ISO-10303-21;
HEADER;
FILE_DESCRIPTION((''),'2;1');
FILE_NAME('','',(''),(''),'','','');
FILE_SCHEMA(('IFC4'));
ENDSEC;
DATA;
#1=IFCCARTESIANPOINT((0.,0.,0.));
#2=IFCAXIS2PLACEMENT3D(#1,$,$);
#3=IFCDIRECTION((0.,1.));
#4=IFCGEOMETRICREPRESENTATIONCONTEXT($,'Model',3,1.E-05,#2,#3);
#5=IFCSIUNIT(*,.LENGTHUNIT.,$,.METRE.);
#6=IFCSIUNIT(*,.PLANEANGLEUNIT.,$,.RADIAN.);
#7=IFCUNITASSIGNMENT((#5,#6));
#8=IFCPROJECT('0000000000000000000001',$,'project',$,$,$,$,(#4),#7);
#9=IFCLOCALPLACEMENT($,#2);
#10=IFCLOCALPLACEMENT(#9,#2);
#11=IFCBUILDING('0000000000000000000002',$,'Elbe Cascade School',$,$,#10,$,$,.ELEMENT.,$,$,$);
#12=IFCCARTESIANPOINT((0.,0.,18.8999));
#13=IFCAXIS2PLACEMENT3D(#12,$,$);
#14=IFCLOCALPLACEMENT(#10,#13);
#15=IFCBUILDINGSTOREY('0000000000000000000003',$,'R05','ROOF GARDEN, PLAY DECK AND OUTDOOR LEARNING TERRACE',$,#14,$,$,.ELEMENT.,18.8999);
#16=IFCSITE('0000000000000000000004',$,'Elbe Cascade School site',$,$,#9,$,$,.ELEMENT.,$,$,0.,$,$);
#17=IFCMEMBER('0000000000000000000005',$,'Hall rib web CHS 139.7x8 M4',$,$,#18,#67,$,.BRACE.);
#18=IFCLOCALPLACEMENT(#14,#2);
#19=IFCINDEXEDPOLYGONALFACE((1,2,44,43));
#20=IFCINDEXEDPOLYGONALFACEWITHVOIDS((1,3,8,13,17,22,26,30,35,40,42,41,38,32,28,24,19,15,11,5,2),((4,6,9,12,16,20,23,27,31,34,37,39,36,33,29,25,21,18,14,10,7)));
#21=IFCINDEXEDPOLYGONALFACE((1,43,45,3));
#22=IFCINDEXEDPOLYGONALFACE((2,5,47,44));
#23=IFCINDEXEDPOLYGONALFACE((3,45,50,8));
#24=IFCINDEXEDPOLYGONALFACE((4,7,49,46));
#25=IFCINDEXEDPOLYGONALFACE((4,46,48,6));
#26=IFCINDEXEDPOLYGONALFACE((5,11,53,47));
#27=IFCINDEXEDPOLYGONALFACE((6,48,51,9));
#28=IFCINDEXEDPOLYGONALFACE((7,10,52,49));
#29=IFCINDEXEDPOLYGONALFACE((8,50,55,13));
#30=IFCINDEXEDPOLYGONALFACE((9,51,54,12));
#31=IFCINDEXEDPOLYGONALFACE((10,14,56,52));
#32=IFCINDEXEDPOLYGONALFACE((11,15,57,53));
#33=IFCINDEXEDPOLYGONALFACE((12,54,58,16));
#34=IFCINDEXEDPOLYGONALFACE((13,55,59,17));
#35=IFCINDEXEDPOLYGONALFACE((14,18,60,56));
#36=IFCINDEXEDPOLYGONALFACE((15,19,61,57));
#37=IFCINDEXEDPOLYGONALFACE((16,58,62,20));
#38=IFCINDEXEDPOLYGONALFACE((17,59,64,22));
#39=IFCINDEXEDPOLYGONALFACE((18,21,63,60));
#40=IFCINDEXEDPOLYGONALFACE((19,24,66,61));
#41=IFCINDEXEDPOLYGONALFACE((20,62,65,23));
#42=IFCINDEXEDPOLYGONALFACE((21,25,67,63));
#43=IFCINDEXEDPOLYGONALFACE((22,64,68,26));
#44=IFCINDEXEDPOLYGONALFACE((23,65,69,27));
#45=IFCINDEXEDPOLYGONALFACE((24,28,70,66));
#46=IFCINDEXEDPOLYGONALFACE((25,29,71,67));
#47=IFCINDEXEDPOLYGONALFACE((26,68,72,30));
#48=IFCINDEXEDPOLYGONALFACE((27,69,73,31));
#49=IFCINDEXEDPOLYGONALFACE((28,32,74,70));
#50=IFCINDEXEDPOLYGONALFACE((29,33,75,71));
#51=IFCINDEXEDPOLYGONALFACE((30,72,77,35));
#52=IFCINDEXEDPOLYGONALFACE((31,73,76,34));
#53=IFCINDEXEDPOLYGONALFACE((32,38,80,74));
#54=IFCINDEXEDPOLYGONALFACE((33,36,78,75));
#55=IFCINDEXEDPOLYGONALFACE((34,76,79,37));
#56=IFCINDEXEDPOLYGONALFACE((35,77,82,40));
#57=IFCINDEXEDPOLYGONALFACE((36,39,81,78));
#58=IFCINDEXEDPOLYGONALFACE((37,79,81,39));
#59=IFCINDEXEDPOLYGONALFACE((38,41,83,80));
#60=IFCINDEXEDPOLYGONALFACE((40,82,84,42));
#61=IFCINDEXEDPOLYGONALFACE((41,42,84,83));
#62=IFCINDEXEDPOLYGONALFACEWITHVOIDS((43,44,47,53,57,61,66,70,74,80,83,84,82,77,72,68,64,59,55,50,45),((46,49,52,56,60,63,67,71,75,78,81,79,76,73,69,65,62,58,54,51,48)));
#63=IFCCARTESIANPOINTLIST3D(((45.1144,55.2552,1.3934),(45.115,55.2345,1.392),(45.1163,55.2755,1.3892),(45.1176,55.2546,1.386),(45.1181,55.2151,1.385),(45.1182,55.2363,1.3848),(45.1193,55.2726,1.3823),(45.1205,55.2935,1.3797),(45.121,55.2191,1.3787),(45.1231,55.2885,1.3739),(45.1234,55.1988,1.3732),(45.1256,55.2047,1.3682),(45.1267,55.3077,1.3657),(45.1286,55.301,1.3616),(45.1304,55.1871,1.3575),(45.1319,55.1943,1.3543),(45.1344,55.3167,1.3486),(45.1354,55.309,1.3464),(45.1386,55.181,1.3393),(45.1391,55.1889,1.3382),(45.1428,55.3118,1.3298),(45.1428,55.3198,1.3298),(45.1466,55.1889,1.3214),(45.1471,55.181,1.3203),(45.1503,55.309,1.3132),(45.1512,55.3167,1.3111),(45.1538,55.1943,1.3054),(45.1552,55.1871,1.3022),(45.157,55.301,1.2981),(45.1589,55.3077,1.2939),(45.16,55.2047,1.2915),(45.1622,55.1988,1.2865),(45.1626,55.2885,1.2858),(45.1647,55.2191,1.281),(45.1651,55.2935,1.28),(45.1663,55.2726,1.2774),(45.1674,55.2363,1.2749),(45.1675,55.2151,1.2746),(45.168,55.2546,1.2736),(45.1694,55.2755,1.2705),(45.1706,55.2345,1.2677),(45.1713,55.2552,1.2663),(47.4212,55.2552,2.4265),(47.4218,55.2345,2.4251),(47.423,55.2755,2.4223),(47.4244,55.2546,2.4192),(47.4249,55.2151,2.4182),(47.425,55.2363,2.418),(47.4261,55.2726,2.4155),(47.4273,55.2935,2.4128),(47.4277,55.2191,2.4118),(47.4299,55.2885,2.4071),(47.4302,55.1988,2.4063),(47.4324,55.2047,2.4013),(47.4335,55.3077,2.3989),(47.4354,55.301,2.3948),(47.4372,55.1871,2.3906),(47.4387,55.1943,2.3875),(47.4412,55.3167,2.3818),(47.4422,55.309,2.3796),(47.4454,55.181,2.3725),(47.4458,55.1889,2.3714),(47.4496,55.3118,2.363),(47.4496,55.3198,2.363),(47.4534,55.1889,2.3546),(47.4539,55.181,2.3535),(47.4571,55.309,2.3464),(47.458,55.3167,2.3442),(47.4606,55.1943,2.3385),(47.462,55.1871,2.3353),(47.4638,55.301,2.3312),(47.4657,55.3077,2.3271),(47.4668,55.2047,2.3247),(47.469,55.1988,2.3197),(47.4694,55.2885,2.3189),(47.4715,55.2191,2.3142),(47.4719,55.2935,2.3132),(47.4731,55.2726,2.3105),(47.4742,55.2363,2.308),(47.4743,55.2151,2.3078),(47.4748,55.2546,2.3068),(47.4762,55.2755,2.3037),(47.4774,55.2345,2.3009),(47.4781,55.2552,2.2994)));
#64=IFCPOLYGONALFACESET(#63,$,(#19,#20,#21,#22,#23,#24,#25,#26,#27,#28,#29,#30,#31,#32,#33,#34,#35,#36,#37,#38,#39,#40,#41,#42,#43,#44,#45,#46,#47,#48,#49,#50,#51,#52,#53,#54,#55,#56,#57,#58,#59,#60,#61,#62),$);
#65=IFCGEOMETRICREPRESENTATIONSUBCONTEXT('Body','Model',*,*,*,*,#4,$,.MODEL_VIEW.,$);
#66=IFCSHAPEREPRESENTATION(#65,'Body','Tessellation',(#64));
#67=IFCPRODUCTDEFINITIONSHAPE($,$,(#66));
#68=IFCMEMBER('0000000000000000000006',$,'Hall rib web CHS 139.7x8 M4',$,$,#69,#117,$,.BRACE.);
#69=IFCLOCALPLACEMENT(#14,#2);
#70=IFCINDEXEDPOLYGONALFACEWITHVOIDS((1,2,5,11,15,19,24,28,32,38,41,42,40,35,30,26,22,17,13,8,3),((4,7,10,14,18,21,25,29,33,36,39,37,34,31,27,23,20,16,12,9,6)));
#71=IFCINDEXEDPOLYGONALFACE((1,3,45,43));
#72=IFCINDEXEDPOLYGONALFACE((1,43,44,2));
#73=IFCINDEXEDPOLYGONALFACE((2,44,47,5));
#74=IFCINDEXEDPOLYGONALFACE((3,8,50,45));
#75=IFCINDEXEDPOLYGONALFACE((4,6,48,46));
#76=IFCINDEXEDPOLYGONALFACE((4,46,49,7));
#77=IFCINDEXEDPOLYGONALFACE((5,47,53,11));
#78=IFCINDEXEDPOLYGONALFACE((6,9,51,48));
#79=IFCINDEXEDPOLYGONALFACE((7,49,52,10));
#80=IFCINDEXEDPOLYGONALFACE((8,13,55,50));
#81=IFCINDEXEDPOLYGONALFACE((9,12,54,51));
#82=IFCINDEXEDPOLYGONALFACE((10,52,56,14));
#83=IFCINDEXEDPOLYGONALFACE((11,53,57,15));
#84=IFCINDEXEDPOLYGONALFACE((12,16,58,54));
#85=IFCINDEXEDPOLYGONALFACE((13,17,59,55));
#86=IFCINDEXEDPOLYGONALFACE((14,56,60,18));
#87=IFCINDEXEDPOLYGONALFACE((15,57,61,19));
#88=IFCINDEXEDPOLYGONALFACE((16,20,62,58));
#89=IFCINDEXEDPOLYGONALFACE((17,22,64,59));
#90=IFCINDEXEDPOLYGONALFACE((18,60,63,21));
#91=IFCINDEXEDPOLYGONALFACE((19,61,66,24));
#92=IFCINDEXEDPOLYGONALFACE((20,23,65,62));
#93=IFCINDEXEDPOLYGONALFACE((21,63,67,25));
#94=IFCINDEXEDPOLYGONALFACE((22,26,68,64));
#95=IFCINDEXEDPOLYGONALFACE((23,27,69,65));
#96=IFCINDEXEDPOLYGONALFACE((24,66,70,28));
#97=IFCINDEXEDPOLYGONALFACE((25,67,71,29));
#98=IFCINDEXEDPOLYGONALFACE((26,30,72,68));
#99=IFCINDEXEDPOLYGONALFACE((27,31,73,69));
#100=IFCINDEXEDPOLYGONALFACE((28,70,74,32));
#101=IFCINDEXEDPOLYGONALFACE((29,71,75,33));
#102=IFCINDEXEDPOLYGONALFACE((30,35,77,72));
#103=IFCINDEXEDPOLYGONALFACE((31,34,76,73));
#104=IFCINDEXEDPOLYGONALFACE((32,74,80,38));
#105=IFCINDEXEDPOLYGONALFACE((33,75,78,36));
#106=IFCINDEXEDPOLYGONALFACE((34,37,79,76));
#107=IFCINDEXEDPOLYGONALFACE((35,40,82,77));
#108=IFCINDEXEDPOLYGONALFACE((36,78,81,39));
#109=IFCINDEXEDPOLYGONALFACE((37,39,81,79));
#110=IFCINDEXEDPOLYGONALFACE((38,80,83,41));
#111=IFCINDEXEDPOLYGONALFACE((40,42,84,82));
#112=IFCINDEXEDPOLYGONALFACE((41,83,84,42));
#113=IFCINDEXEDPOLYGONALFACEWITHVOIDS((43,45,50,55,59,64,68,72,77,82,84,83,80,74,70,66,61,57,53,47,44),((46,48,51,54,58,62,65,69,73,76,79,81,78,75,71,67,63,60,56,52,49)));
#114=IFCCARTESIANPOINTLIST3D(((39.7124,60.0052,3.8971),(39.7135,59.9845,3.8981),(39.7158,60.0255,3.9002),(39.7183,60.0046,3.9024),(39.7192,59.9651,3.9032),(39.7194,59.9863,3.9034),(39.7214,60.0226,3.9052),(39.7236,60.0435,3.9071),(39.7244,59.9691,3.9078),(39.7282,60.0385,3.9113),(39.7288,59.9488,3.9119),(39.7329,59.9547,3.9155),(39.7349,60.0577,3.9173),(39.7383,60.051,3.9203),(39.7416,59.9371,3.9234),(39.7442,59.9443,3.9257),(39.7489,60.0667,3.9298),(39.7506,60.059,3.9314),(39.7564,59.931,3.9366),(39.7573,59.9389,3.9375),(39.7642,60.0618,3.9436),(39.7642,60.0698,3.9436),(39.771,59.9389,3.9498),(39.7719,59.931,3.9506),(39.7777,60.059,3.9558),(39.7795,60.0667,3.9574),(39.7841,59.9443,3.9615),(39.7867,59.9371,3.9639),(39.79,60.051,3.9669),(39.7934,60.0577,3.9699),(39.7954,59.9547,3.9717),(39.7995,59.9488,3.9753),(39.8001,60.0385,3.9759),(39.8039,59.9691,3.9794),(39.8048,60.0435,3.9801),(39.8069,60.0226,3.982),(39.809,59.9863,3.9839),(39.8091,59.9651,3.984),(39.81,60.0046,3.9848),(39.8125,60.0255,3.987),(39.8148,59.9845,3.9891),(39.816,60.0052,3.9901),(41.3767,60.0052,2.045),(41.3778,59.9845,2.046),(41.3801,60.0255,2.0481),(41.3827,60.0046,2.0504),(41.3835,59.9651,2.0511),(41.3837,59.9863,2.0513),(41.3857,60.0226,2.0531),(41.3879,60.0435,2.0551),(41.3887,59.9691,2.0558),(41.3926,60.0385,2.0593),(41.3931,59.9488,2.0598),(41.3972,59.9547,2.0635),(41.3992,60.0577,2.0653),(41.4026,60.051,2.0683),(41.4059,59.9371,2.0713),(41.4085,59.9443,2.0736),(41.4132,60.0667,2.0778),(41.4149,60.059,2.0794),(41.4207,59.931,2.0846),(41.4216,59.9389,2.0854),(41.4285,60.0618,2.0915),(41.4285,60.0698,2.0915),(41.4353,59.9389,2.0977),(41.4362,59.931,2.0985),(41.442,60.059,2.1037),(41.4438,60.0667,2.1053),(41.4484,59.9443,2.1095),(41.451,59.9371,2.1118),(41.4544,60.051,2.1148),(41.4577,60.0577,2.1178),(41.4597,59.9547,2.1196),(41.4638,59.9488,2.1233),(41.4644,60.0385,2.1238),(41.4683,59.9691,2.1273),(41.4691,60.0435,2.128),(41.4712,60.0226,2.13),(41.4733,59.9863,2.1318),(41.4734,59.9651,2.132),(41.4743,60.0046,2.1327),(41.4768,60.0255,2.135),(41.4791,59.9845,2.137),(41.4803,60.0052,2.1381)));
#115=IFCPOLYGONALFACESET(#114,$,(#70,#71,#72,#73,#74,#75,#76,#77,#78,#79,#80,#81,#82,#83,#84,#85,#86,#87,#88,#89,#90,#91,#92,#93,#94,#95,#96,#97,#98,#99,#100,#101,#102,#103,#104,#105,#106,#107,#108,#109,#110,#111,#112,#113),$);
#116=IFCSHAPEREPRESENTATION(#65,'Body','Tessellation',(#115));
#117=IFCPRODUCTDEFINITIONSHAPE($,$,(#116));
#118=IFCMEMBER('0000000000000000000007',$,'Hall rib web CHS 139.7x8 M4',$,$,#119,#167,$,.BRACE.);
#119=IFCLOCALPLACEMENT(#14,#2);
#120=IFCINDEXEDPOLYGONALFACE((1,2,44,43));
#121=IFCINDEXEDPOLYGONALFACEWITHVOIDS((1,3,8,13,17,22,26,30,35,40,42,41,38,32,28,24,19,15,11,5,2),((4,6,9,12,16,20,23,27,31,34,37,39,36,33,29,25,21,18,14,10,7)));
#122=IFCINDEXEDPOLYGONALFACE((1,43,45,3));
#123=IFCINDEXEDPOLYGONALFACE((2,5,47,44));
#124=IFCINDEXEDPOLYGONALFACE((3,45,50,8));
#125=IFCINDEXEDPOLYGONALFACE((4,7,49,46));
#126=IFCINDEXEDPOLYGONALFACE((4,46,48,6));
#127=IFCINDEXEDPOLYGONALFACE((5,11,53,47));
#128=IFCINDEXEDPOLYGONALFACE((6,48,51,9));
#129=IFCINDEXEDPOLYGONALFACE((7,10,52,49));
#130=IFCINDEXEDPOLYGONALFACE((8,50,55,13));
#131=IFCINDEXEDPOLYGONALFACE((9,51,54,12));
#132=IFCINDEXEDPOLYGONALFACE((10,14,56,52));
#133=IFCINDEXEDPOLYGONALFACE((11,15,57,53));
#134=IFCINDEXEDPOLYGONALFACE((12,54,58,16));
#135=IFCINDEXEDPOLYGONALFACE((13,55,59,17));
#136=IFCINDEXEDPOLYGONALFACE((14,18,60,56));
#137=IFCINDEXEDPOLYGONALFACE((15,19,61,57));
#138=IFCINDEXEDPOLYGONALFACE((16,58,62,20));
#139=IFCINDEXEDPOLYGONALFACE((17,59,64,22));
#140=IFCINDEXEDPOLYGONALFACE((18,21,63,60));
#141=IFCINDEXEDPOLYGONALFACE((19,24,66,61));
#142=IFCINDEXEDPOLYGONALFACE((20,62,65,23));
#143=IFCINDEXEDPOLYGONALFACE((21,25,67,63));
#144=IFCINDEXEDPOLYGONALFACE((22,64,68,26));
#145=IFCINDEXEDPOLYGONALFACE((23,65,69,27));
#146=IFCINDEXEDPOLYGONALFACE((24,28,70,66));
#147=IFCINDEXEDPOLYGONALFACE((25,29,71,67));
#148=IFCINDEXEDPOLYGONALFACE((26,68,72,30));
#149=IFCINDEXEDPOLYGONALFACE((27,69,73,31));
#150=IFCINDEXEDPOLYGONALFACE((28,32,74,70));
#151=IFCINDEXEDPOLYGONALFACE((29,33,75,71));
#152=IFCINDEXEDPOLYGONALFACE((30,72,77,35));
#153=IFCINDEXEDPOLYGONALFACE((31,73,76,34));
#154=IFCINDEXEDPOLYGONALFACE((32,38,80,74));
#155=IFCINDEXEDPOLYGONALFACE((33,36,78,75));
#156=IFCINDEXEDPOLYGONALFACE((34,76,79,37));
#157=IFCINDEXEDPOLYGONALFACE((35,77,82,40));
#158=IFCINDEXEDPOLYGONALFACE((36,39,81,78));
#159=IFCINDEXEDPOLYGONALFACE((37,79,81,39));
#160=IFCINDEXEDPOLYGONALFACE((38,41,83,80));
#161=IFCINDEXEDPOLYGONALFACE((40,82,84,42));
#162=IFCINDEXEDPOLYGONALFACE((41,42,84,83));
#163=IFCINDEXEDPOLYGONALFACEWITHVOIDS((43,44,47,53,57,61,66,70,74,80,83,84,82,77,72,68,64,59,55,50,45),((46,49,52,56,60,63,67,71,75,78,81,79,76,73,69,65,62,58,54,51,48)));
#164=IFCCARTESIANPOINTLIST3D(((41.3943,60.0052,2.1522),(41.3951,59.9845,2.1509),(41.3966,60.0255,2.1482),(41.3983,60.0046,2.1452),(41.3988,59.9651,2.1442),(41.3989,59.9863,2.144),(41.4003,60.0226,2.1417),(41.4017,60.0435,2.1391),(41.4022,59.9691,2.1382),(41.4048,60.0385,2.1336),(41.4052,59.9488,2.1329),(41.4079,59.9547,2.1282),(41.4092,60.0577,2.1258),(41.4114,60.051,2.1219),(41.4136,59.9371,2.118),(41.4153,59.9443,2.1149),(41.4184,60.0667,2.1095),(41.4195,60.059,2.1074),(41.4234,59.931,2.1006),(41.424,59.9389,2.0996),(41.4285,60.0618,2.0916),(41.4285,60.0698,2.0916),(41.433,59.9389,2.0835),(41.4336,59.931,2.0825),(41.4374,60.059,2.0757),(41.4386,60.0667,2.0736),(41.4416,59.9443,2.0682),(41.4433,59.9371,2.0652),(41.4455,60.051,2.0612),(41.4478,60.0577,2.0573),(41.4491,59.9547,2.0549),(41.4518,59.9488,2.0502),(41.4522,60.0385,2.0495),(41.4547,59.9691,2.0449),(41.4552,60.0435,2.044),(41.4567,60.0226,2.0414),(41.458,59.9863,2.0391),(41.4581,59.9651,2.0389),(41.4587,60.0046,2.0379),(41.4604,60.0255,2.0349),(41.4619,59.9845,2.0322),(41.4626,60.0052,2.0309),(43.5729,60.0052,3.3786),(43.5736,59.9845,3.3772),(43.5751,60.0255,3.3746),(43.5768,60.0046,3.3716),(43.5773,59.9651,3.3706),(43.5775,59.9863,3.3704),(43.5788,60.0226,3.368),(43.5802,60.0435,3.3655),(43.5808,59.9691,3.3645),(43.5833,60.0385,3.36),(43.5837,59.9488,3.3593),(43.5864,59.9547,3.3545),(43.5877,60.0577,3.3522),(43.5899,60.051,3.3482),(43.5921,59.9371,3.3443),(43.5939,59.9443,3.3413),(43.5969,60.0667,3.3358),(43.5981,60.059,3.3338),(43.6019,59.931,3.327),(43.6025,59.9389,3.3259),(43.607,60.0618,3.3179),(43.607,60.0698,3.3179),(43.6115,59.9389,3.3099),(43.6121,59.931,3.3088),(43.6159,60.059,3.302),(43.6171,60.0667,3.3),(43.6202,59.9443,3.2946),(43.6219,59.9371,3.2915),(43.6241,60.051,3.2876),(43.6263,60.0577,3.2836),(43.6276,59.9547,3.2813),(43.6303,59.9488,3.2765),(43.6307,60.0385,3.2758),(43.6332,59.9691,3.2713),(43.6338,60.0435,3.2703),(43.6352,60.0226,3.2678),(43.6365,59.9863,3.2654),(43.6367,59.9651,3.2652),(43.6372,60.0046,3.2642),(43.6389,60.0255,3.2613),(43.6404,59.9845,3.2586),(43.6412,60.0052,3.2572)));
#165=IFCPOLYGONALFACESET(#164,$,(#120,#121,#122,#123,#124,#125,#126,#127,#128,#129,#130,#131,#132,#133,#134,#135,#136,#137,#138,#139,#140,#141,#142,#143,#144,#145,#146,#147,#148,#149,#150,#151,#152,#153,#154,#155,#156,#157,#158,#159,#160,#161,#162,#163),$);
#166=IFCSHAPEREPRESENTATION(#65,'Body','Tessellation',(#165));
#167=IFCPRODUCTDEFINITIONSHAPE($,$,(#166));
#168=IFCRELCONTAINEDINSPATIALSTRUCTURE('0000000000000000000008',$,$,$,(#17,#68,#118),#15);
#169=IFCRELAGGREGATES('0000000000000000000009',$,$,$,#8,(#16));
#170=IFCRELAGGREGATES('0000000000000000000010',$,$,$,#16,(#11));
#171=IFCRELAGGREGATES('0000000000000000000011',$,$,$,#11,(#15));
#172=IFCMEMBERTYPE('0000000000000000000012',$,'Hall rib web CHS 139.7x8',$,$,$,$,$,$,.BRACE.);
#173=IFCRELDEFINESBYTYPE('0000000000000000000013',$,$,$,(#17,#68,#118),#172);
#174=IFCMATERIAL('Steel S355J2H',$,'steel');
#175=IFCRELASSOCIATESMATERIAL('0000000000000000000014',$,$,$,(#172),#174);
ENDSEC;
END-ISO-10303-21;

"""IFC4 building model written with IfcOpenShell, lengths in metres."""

from ifc_helpers import new_model, si_unit, direction, frame, origin, origin_2d, place, context, subcontext, project, spatial, hollow_circle, extrude, material, material_profile, profile_set, type_object, element, save


model = new_model("IFC4")

# Units and contexts
model_context = context("Model", 3, precision=1e-05, world=origin(), true_north=direction((0.0, 1.0)))
body_context = subcontext(model_context, "Body", "Model", "MODEL_VIEW")
ifc_project = project(units=[si_unit("LENGTHUNIT", "METRE"), si_unit("PLANEANGLEUNIT", "RADIAN")], contexts=[model_context])

# Site, building, storey
site_placement = place(None, origin())
site = spatial("IfcSite", under=ifc_project, at=site_placement, Name="Elbe Cascade School site", CompositionType="ELEMENT", RefElevation=0.0)
building_placement = place(site_placement, origin())
building = spatial("IfcBuilding", under=site, at=building_placement, Name="Elbe Cascade School", CompositionType="ELEMENT")
storey_placement = place(building_placement, frame((0.0, 0.0, 18.8999)))
storey = spatial("IfcBuildingStorey", under=building, at=storey_placement, Name="R05", Description="ROOF GARDEN, PLAY DECK AND OUTDOOR LEARNING TERRACE", CompositionType="ELEMENT", Elevation=18.8999)

# Members
ifc_material_1 = material(Name="Steel S355J2H", Category="steel")
ifc_material_profile_1 = material_profile(ifc_material_1, hollow_circle(Radius=0.0698, WallThickness=0.0081, at=origin_2d()), Name="CHS 139.7x8")
ifc_profile_set_1 = profile_set([ifc_material_profile_1], Name="Steel S355J2H")
member_type_1 = type_object("IfcMemberType", Name="Hall rib web CHS 139.7x8", PredefinedType="BRACE", material=ifc_profile_set_1)
member_1_placement = place(storey_placement, frame((45.1428, 55.25, 1.3298), z_axis=(0.912645, 0.0, 0.408754), x_axis=(0.0, 1.0, 0.0)))
element("IfcMember", 1, at=member_1_placement, inside=storey, type_object=member_type_1, Name="Hall rib web CHS 139.7x8 M4", PredefinedType="BRACE", context=body_context, shape_type="SweptSolid", body=[
    extrude(hollow_circle(Radius=0.0698, WallThickness=0.0081, at=origin_2d()), origin(), (0.0, 0.0, 1.0), 2.5276),
])
member_2_placement = place(storey_placement, frame((39.7642, 60.0, 3.9436), z_axis=(0.668401, 0.0, -0.743801), x_axis=(0.0, 1.0, 0.0)))
element("IfcMember", 2, at=member_2_placement, inside=storey, type_object=member_type_1, Name="Hall rib web CHS 139.7x8 M4", PredefinedType="BRACE", context=body_context, shape_type="SweptSolid", body=[
    extrude(hollow_circle(Radius=0.0698, WallThickness=0.0081, at=origin_2d()), origin(), (0.0, 0.0, 1.0), 2.49),
])
member_3_placement = place(storey_placement, frame((41.4285, 60.0, 2.0916), z_axis=(0.871416, 0.0, 0.490544), x_axis=(0.0, 1.0, 0.0)))
element("IfcMember", 3, at=member_3_placement, inside=storey, type_object=member_type_1, Name="Hall rib web CHS 139.7x8 M4", PredefinedType="BRACE", context=body_context, shape_type="SweptSolid", body=[
    extrude(hollow_circle(Radius=0.0698, WallThickness=0.0081, at=origin_2d()), origin(), (0.0, 0.0, 1.0), 2.5),
])

save(model, "model.ifc")
